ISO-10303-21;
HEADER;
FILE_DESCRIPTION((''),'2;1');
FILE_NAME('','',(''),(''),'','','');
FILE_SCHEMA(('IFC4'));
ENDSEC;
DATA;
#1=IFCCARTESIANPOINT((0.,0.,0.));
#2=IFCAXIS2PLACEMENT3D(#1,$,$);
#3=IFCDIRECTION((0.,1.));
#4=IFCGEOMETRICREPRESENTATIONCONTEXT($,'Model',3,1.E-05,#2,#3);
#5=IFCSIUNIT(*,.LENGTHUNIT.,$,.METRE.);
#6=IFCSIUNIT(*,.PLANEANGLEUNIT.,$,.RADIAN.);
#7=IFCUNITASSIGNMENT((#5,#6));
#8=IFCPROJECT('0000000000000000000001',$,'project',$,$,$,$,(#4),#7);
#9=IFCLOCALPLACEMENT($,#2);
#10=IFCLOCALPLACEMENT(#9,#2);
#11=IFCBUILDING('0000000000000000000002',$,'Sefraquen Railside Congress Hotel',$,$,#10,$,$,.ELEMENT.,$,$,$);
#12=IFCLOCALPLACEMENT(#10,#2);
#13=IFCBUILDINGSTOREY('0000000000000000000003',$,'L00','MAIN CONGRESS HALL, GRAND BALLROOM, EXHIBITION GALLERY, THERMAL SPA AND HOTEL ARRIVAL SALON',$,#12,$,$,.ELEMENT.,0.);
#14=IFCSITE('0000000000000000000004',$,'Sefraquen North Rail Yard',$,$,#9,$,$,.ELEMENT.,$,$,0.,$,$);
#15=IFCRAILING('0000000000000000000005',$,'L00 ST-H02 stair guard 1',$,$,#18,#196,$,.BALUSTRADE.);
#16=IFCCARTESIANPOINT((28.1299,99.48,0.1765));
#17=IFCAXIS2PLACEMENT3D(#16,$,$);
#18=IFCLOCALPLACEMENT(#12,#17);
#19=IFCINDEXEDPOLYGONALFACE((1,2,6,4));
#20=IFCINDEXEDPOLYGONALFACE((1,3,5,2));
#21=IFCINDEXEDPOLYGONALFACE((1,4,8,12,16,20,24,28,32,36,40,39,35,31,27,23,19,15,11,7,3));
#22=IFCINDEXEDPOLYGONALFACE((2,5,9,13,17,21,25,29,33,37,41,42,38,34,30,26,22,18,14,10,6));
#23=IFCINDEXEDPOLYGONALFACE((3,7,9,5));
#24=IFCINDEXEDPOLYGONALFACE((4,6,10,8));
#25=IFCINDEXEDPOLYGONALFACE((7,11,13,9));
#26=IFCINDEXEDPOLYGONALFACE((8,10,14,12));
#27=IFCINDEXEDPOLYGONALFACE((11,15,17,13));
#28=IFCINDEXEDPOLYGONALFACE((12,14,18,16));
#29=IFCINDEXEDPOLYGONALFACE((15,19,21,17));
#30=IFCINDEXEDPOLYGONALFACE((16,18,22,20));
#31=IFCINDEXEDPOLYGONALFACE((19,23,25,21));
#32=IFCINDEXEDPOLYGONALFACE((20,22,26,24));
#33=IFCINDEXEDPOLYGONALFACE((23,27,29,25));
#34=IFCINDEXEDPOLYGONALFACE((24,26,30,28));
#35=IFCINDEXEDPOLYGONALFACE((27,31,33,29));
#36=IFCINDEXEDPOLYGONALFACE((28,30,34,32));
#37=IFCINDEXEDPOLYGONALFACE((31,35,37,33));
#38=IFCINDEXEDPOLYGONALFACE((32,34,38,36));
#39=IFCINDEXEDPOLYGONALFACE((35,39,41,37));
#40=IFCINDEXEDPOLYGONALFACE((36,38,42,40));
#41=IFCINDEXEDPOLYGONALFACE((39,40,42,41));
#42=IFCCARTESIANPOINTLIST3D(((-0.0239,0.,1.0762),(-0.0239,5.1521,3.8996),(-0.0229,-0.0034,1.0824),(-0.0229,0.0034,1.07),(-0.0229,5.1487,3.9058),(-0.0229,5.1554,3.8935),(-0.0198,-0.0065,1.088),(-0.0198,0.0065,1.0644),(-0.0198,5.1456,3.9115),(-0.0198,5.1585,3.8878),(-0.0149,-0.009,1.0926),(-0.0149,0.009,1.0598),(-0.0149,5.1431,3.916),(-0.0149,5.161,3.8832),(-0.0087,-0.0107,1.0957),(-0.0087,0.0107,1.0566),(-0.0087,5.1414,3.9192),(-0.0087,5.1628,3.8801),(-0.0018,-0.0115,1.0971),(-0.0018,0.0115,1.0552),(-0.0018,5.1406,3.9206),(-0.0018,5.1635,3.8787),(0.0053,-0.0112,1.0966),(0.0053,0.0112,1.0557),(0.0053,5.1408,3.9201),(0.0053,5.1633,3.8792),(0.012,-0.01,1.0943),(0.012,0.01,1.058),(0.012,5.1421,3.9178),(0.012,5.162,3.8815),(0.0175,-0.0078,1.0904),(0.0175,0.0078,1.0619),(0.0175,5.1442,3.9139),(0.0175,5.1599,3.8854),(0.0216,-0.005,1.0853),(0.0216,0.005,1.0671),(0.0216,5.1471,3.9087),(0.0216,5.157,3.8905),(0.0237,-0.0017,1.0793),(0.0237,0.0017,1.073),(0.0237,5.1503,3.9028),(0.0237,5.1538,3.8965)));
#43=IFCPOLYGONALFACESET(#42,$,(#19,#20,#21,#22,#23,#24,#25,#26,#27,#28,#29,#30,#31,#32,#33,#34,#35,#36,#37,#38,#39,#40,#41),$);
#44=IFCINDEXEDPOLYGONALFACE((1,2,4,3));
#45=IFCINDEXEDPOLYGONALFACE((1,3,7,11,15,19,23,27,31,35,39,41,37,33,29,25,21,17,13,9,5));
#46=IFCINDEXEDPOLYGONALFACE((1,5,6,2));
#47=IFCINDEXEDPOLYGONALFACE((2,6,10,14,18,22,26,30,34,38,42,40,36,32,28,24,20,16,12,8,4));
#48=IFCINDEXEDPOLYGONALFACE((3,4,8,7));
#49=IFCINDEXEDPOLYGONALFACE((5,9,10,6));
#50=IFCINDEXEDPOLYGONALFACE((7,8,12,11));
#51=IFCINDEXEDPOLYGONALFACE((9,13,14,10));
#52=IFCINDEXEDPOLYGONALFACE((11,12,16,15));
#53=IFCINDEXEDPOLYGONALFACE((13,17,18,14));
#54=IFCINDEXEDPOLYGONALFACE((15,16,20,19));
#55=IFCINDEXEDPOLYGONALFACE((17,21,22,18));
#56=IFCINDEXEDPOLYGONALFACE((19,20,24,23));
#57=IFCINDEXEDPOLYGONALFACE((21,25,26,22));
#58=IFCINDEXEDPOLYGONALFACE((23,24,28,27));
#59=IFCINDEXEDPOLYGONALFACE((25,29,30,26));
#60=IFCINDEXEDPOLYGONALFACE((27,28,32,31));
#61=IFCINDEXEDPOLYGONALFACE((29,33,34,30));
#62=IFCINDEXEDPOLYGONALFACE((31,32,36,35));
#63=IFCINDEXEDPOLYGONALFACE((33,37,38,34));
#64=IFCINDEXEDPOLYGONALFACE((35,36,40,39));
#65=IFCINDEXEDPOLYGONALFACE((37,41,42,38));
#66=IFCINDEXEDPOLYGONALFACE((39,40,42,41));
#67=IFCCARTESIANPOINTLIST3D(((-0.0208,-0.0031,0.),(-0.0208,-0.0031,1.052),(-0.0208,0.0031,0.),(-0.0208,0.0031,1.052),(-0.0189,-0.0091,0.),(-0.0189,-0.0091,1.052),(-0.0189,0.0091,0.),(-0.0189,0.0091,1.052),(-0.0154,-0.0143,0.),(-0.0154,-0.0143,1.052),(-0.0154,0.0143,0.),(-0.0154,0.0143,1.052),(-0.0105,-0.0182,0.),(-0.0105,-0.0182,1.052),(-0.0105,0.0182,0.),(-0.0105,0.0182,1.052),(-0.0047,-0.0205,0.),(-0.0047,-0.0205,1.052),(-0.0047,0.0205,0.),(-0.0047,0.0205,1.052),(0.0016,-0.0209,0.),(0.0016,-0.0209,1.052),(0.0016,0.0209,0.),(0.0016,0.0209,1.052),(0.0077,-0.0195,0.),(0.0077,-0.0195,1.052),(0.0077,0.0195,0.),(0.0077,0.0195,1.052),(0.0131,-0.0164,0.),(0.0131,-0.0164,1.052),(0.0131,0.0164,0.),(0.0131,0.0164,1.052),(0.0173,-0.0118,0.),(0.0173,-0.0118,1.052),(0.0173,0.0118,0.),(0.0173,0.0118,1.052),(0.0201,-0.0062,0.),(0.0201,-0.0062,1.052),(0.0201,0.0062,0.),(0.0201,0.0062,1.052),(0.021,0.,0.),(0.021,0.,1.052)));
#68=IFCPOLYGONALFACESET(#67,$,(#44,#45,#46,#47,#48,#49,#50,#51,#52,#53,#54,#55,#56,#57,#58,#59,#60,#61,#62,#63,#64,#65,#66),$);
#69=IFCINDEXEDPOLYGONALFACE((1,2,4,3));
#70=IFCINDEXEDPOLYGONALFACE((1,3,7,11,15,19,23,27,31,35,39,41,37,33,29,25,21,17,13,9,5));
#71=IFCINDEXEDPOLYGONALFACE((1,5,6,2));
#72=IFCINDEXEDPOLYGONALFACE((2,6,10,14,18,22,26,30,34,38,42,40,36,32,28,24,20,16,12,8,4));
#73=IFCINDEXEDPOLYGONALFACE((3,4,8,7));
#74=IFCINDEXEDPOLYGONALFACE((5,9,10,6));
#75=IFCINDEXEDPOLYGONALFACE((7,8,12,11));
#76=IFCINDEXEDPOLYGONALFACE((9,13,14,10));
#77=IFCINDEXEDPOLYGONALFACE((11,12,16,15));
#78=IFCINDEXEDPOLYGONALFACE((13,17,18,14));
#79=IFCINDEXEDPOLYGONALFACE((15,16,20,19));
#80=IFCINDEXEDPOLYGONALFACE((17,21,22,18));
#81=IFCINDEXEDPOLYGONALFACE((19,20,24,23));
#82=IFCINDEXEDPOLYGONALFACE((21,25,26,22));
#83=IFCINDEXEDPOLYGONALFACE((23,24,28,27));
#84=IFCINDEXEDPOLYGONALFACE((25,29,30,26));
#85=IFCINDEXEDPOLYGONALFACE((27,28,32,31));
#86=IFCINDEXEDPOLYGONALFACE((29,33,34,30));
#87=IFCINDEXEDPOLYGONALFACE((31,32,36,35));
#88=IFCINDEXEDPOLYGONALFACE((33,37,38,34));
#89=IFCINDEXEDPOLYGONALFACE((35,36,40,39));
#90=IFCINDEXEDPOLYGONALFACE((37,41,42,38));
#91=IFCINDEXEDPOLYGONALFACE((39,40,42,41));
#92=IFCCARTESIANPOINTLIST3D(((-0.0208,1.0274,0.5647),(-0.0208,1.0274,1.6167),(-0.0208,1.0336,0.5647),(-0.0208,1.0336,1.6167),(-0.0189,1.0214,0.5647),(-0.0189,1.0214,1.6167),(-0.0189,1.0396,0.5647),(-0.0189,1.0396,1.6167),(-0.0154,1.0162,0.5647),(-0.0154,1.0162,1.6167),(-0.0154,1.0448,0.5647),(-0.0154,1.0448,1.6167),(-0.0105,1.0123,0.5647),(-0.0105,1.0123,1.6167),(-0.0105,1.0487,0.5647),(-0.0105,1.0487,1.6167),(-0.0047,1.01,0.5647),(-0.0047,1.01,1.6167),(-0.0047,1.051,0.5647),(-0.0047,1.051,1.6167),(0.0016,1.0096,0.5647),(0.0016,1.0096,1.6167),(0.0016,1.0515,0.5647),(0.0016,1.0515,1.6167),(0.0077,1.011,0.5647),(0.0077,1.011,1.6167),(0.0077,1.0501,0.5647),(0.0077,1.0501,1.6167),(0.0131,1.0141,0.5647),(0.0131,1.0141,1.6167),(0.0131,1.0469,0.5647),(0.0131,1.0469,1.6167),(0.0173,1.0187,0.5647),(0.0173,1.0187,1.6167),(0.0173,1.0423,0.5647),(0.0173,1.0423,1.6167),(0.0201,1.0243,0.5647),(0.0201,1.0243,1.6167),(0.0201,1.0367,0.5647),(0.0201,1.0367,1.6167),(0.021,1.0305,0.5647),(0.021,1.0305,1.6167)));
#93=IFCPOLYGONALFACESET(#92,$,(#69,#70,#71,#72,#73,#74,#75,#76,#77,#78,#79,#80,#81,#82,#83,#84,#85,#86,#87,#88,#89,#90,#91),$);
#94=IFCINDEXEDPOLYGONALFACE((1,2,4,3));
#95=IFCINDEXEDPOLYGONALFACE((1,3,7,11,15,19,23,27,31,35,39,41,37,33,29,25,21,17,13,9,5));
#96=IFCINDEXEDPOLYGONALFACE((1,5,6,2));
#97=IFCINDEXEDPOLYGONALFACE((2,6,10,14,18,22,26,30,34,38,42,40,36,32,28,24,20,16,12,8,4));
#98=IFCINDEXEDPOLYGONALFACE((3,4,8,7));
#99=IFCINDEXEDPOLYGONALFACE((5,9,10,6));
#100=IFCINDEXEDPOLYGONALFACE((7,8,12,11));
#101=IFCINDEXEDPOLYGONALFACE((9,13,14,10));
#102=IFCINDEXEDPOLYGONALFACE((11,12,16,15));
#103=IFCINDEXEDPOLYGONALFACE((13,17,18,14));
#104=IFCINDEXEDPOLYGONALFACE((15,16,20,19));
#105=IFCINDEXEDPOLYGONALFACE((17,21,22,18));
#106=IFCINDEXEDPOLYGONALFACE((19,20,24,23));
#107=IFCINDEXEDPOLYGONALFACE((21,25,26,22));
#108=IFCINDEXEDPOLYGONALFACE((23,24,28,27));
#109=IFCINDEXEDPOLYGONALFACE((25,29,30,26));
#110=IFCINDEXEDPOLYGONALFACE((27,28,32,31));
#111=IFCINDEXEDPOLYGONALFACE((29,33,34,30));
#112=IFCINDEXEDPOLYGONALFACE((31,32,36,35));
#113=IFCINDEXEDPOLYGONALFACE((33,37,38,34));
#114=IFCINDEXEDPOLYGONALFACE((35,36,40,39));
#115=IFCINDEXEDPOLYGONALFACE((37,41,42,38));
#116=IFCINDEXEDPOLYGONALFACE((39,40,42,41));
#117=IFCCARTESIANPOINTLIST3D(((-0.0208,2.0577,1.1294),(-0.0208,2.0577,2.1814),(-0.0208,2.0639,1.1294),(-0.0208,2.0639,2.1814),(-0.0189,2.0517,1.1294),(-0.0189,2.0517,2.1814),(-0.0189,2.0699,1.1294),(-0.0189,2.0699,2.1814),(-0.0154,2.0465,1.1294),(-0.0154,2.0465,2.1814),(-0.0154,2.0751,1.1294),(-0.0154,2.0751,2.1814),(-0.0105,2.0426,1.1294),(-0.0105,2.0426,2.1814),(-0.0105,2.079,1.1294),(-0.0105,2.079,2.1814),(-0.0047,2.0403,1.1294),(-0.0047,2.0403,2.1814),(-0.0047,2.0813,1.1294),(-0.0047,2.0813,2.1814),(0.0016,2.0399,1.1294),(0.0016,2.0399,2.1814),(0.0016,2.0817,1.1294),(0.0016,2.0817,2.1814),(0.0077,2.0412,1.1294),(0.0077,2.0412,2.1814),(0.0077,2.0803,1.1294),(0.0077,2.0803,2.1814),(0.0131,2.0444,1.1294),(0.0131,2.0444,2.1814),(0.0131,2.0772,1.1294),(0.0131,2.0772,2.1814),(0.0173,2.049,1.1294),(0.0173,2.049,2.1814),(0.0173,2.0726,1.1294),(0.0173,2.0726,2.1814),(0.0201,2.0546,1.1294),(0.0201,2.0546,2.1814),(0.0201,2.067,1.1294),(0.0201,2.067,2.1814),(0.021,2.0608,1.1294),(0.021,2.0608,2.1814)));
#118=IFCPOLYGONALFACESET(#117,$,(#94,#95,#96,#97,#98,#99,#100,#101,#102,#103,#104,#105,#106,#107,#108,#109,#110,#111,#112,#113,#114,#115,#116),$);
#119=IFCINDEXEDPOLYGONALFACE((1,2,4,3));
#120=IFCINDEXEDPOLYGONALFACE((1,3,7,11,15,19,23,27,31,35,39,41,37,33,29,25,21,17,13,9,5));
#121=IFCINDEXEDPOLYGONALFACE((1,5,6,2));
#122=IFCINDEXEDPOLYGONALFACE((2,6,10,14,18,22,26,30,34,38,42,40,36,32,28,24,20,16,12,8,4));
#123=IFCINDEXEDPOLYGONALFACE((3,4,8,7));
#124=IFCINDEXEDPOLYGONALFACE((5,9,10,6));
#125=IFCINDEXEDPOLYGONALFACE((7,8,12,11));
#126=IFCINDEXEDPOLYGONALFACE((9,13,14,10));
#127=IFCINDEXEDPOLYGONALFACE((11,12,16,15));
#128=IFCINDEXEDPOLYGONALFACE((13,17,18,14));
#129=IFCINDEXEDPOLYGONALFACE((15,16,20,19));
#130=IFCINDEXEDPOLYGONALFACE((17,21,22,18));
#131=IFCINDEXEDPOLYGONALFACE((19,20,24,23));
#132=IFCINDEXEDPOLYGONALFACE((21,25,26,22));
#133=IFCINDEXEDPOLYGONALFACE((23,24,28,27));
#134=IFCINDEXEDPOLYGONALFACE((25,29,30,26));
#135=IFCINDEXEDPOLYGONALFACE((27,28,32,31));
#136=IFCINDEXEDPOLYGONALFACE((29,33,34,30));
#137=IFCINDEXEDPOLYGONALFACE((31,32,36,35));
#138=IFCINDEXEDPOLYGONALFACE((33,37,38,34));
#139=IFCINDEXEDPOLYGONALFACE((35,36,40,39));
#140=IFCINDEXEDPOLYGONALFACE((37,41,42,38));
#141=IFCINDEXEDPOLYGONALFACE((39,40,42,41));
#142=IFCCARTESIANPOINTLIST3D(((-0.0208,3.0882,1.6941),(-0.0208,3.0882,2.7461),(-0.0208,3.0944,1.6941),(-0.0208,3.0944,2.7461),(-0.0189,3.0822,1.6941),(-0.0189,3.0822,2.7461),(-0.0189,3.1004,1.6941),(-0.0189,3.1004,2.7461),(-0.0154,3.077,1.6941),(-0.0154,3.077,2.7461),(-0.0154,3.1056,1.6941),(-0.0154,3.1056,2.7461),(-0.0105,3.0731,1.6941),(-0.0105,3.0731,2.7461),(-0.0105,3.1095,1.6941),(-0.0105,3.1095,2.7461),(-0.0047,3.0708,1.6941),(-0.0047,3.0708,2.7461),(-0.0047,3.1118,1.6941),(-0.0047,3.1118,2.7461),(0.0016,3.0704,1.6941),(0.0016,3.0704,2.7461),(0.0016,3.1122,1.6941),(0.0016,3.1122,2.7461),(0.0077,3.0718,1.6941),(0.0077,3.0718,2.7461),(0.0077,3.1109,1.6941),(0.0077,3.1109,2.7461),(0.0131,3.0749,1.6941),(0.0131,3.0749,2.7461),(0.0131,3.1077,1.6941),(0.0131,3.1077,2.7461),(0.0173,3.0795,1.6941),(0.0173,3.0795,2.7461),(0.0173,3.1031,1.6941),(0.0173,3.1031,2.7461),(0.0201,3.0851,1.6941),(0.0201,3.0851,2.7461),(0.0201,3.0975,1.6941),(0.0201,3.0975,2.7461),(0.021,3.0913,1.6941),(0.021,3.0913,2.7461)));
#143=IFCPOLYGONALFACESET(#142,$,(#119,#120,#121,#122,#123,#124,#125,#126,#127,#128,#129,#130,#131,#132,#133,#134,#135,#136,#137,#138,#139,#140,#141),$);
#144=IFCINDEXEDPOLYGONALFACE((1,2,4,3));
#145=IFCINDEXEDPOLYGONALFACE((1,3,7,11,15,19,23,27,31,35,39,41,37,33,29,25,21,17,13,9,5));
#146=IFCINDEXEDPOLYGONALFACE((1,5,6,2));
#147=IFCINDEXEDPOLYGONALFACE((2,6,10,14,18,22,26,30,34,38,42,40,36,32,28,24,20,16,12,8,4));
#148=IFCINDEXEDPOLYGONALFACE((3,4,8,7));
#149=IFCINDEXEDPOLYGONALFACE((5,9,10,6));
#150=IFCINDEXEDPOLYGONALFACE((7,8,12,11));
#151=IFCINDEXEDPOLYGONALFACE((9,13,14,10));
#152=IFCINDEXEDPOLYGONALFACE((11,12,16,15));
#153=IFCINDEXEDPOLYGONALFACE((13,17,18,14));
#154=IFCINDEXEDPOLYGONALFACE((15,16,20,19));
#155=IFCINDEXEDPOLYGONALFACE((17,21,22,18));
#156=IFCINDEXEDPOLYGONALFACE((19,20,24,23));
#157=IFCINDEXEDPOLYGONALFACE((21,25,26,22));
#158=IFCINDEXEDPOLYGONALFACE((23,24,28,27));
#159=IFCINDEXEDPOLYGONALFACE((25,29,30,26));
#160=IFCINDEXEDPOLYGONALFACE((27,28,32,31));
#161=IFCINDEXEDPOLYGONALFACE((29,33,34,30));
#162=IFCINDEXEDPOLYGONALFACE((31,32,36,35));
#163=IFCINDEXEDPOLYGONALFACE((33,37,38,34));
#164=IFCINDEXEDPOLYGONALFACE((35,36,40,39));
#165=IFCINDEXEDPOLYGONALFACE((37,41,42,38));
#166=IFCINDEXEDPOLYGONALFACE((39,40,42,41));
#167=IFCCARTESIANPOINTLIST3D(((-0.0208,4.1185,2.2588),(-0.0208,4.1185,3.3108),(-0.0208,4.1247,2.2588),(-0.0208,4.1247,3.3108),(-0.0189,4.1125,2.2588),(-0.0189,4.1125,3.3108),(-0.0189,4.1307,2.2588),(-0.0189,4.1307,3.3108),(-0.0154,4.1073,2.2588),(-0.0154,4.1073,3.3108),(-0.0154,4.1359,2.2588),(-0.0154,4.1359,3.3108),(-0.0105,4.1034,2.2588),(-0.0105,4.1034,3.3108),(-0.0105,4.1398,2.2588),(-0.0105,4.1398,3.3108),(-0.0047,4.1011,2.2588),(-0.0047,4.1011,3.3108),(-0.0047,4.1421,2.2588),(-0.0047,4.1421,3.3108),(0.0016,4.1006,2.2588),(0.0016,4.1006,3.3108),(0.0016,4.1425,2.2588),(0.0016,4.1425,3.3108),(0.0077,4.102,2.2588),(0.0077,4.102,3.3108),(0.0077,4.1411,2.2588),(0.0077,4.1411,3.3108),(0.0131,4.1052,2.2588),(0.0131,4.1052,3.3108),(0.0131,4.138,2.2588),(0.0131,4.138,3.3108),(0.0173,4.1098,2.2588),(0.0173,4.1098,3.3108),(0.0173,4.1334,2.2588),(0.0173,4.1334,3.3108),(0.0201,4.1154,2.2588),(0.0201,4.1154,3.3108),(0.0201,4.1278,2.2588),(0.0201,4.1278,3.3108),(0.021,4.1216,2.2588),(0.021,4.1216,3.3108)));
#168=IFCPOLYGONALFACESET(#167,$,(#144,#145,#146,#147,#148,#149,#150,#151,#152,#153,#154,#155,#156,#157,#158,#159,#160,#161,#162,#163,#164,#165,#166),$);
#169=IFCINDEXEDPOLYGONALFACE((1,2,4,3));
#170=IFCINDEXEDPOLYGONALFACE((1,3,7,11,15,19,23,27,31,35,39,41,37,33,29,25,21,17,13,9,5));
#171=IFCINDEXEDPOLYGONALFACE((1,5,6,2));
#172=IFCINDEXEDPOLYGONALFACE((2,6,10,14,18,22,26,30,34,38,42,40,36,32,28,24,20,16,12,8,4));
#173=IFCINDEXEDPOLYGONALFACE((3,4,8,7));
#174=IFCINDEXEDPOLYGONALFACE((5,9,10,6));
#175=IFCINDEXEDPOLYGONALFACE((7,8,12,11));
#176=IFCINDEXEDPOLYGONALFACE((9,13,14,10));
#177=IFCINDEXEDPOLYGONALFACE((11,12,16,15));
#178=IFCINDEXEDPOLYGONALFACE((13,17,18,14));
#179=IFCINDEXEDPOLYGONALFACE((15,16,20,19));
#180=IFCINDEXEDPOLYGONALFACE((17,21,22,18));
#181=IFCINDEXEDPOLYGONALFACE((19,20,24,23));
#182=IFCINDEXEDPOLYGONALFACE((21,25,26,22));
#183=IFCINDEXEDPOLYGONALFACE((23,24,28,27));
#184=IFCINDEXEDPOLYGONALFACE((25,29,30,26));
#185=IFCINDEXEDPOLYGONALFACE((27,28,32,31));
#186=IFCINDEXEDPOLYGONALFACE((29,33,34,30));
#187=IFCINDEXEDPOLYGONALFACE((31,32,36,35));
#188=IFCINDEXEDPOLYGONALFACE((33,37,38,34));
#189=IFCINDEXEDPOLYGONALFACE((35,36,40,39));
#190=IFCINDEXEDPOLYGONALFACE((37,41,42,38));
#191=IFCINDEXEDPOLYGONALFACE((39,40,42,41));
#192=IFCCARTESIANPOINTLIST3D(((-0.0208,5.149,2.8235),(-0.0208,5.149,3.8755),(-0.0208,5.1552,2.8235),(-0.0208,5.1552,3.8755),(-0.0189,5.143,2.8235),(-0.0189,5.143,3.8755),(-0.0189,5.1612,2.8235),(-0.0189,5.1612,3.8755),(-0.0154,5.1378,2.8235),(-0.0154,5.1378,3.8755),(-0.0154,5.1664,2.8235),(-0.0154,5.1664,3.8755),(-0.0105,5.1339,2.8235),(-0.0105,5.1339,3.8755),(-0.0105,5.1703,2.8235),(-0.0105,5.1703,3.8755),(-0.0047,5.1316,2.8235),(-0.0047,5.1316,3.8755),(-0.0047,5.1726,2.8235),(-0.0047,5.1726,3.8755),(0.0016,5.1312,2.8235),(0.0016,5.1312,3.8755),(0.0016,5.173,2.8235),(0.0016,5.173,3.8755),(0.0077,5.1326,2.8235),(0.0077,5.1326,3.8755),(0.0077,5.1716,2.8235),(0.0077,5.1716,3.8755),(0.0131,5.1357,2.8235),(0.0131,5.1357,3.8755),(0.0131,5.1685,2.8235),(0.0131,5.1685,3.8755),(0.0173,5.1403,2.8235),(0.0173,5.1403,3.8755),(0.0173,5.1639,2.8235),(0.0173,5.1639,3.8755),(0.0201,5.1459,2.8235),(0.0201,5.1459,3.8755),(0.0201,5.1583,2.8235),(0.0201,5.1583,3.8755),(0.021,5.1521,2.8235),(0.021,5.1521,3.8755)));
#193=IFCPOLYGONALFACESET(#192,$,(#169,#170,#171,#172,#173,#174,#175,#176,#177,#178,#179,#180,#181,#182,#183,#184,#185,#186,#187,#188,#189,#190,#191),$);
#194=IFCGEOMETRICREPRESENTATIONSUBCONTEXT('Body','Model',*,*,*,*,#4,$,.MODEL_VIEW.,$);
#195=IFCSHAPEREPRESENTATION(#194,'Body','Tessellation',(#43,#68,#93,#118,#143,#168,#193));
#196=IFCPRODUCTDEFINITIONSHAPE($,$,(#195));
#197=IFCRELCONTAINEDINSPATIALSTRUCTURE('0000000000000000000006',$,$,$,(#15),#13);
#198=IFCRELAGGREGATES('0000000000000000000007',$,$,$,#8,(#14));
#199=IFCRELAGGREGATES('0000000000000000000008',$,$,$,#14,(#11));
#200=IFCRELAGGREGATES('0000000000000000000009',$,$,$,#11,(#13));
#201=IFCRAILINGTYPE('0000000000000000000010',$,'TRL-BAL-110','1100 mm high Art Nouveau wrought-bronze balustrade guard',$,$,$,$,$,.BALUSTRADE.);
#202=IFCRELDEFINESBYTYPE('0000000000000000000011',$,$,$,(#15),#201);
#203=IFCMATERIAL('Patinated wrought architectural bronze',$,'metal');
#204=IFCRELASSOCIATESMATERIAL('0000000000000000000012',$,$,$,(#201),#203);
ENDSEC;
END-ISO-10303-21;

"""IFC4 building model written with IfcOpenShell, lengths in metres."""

from ifc_helpers import new_model, si_unit, direction, frame, origin, origin_2d, place, context, subcontext, project, spatial, circle, extrude, material, type_object, element, save


model = new_model("IFC4")

# Units and contexts
model_context = context("Model", 3, precision=1e-05, world=origin(), true_north=direction((0.0, 1.0)))
body_context = subcontext(model_context, "Body", "Model", "MODEL_VIEW")
ifc_project = project(units=[si_unit("LENGTHUNIT", "METRE"), si_unit("PLANEANGLEUNIT", "RADIAN")], contexts=[model_context])

# Site, building, storey
site_placement = place(None, origin())
site = spatial("IfcSite", under=ifc_project, at=site_placement, Name="Sefraquen North Rail Yard", CompositionType="ELEMENT", RefElevation=0.0)
building_placement = place(site_placement, origin())
building = spatial("IfcBuilding", under=site, at=building_placement, Name="Sefraquen Railside Congress Hotel", CompositionType="ELEMENT")
storey_placement = place(building_placement, origin())
storey = spatial("IfcBuildingStorey", under=building, at=storey_placement, Name="L00", Description="MAIN CONGRESS HALL, GRAND BALLROOM, EXHIBITION GALLERY, THERMAL SPA AND HOTEL ARRIVAL SALON", CompositionType="ELEMENT", Elevation=0.0)

# Railing
ifc_material_1 = material(Name="Patinated wrought architectural bronze", Category="metal")
railing_type_1 = type_object("IfcRailingType", Name="TRL-BAL-110", Description="1100 mm high Art Nouveau wrought-bronze balustrade guard", PredefinedType="BALUSTRADE", material=ifc_material_1)
railing_1_placement = place(storey_placement, frame((28.1299, 99.48, 0.1765)))
element("IfcRailing", 1, at=railing_1_placement, inside=storey, type_object=railing_type_1, Name="L00 ST-H02 stair guard 1", PredefinedType="BALUSTRADE", context=body_context, shape_type="SweptSolid", body=[
    extrude(circle(Radius=0.0239, at=origin_2d()), frame((0.0, 0.0, 1.0762), z_axis=(0.0, 0.876946, 0.480589), x_axis=(-1.0, 0.0, 0.0)), (0.0, 0.0, 1.0), 5.875),
    extrude(circle(Radius=0.021, at=origin_2d()), origin(), (0.0, 0.0, 1.0), 1.052),
    extrude(circle(Radius=0.021, at=origin_2d()), frame((0.0, 1.0305, 0.5647)), (0.0, 0.0, 1.0), 1.052),
    extrude(circle(Radius=0.021, at=origin_2d()), frame((0.0, 2.0608, 1.1294)), (0.0, 0.0, 1.0), 1.052),
    extrude(circle(Radius=0.021, at=origin_2d()), frame((0.0, 3.0913, 1.6941)), (0.0, 0.0, 1.0), 1.052),
    extrude(circle(Radius=0.021, at=origin_2d()), frame((0.0, 4.1216, 2.2588)), (0.0, 0.0, 1.0), 1.052),
    extrude(circle(Radius=0.021, at=origin_2d()), frame((0.0, 5.1521, 2.8235)), (0.0, 0.0, 1.0), 1.052),
])

save(model, "model.ifc")
